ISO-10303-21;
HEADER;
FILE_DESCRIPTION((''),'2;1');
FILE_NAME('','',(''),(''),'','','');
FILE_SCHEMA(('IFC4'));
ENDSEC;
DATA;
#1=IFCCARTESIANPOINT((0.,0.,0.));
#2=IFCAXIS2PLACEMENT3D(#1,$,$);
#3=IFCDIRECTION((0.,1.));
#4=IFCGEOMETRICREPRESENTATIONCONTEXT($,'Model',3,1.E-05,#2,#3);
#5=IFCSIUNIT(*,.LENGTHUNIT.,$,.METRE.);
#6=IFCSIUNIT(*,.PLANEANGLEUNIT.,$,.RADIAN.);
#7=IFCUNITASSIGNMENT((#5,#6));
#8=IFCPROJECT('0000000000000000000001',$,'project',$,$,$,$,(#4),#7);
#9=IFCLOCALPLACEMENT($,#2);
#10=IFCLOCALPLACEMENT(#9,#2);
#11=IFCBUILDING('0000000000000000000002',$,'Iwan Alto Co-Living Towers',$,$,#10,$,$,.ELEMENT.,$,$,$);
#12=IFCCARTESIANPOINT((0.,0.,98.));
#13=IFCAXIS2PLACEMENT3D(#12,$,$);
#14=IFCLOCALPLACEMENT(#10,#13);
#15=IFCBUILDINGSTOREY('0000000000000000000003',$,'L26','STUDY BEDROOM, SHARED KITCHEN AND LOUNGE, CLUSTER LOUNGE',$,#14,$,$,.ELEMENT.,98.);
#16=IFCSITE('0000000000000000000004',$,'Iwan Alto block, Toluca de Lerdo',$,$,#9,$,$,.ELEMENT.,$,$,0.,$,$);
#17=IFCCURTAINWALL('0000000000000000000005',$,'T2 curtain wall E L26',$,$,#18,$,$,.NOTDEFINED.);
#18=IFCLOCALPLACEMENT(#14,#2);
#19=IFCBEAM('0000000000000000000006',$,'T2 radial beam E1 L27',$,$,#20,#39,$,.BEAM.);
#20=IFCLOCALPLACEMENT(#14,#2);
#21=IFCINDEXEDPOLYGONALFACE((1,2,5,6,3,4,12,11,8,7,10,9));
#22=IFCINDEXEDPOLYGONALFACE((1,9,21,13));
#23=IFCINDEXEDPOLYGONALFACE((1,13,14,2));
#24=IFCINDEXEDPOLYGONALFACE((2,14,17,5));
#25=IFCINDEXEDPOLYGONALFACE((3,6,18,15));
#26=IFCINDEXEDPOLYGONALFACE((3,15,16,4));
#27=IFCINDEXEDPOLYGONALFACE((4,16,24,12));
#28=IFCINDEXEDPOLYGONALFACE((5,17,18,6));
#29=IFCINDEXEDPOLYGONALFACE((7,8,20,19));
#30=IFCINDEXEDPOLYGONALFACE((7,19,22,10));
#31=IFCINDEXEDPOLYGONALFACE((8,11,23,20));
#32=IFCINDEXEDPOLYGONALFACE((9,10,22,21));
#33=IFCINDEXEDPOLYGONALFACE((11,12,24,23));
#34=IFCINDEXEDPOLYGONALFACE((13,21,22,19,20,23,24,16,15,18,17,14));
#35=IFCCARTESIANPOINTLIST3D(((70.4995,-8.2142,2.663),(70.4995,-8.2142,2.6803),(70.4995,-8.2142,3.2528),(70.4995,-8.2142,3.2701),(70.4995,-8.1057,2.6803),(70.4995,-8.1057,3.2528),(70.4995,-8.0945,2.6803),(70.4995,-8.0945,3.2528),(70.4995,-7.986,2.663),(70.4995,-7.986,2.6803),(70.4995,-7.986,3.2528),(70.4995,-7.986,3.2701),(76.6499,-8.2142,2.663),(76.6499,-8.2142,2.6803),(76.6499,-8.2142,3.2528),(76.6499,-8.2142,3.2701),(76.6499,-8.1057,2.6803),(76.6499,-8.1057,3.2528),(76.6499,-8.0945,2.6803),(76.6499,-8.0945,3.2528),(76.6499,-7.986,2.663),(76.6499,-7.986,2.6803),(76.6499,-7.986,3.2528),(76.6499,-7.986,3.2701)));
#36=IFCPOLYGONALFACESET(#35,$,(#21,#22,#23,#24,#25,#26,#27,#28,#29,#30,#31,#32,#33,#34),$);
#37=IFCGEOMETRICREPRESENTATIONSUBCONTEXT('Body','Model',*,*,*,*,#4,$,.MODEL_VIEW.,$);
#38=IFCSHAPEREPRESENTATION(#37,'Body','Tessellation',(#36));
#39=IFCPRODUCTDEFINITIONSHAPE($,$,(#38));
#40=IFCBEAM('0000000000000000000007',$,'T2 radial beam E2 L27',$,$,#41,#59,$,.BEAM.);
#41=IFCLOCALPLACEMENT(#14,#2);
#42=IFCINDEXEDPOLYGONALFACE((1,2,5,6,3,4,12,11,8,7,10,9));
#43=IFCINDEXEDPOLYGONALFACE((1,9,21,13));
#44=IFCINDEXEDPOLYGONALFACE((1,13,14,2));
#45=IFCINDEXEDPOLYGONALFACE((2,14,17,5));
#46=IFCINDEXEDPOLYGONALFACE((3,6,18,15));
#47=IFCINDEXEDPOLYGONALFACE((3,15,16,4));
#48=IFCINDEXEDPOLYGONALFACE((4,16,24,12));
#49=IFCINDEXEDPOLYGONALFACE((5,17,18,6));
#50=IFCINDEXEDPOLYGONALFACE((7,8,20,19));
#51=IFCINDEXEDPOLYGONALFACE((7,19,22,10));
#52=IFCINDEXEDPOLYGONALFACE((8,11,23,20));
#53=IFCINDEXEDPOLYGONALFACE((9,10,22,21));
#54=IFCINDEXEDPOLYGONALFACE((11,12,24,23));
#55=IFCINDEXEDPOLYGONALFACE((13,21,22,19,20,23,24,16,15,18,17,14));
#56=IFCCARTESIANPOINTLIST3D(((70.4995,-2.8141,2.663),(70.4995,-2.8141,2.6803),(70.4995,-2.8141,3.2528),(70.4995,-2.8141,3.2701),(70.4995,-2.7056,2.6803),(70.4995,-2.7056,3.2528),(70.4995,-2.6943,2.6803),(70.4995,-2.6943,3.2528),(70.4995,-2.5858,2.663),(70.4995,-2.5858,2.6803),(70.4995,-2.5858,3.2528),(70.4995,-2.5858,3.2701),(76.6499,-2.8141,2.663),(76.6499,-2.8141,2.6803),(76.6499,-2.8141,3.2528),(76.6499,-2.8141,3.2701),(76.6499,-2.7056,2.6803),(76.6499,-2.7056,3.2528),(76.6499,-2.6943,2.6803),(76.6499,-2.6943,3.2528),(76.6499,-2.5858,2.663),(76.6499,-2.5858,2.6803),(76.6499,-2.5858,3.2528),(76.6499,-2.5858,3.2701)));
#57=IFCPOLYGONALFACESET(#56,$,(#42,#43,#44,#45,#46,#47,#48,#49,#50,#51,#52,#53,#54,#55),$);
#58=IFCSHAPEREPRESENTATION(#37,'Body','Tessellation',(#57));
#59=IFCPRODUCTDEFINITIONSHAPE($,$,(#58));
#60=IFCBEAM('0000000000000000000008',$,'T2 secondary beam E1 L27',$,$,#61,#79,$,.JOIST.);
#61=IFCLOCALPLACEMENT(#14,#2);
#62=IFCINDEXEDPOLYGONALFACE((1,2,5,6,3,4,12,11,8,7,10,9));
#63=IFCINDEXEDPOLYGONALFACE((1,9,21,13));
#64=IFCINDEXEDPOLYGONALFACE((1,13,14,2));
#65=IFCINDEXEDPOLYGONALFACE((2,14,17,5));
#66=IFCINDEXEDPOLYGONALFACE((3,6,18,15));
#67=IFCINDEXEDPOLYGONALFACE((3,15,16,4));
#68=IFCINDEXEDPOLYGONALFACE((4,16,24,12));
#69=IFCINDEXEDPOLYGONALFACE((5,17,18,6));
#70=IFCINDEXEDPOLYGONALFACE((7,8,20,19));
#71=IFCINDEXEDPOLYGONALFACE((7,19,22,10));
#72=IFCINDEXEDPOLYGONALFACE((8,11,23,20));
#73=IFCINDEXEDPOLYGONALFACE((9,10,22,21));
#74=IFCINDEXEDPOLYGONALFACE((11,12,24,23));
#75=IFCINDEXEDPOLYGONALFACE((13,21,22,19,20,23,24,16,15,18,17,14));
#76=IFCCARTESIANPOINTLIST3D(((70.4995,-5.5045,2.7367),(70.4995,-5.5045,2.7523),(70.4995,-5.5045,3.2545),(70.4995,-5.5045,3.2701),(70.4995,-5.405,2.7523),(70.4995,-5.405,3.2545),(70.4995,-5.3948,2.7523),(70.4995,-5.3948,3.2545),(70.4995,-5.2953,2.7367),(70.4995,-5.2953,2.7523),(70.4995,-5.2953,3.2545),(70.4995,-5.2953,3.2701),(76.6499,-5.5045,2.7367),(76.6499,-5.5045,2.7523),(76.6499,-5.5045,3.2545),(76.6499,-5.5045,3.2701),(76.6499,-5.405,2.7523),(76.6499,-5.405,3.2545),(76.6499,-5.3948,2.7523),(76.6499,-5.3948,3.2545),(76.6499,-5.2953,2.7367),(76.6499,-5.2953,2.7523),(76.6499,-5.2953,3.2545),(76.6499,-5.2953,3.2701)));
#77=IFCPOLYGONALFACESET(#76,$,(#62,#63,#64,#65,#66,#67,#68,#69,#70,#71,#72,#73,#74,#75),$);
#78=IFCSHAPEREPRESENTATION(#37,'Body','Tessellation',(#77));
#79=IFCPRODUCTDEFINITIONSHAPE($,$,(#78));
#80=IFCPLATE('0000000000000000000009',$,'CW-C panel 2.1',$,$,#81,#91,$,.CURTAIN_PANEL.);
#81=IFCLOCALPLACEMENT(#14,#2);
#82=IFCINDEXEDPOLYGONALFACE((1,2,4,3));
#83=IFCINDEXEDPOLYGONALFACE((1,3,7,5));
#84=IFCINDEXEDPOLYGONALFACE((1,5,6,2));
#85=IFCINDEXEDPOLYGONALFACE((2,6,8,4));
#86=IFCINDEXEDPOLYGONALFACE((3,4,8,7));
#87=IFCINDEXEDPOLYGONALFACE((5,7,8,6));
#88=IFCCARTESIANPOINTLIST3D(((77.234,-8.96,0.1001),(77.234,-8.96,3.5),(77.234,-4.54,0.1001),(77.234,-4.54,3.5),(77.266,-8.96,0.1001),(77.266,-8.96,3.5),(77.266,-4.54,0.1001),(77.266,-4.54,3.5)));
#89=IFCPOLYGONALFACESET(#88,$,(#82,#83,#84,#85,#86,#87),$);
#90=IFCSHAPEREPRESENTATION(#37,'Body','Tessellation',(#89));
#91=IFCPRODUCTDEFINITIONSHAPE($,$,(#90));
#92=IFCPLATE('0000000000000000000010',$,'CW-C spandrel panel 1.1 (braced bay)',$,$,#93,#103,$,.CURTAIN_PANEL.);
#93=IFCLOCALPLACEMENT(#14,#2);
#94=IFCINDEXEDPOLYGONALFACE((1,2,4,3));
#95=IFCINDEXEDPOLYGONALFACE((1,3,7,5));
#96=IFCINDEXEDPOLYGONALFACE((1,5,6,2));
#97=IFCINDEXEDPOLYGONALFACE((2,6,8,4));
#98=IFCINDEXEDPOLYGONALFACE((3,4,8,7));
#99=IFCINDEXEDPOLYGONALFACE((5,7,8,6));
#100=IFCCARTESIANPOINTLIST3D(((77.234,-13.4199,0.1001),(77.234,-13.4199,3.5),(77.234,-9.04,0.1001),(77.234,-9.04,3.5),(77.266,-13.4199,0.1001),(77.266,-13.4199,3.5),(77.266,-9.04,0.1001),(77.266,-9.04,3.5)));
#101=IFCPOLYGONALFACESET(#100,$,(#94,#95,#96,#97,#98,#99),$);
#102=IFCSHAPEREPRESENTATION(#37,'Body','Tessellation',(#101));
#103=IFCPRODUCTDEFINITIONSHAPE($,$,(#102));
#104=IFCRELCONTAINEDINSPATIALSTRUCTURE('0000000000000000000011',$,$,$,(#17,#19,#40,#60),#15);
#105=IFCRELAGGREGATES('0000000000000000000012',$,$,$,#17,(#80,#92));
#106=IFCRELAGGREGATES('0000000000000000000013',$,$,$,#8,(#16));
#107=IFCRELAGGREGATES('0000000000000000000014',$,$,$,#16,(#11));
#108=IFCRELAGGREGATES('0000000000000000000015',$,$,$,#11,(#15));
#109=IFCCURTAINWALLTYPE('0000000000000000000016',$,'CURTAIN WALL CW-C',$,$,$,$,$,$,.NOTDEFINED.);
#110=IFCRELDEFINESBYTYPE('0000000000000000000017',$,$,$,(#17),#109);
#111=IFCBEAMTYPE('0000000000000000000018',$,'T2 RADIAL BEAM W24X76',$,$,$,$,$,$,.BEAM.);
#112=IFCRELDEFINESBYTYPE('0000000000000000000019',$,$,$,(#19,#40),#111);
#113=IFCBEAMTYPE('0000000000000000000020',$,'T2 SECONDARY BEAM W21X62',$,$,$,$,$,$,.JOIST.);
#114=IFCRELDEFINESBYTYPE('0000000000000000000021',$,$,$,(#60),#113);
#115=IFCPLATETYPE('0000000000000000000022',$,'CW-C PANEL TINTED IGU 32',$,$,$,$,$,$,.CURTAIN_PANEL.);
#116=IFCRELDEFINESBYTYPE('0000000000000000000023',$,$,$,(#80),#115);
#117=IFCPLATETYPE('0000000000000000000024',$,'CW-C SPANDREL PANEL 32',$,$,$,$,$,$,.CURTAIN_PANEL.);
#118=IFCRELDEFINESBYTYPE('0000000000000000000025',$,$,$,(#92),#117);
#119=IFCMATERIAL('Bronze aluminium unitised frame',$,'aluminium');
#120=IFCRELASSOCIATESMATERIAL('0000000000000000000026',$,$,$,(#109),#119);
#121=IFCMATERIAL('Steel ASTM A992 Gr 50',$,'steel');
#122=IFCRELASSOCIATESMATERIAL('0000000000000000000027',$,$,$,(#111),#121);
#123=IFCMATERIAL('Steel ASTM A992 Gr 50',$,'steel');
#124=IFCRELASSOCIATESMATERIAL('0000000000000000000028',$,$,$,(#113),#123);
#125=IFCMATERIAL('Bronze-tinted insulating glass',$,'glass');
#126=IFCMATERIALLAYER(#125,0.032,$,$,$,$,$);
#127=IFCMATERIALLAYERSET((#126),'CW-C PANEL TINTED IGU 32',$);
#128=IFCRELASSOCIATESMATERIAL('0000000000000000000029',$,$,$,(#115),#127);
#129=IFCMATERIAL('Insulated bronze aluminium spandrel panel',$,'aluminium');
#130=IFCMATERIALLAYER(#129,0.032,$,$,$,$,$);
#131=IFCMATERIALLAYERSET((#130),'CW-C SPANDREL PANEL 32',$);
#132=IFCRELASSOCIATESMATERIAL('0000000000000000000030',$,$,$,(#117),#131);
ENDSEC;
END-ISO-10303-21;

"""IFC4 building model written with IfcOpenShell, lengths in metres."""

from ifc_helpers import new_model, si_unit, direction, frame, origin, origin_2d, place, context, subcontext, project, spatial, rectangle, i_section, extrude, material, layer, layer_set, material_profile, profile_set, type_object, element, aggregate, save


model = new_model("IFC4")

# Units and contexts
model_context = context("Model", 3, precision=1e-05, world=origin(), true_north=direction((0.0, 1.0)))
body_context = subcontext(model_context, "Body", "Model", "MODEL_VIEW")
ifc_project = project(units=[si_unit("LENGTHUNIT", "METRE"), si_unit("PLANEANGLEUNIT", "RADIAN")], contexts=[model_context])

# Site, building, storey
site_placement = place(None, origin())
site = spatial("IfcSite", under=ifc_project, at=site_placement, Name="Iwan Alto block, Toluca de Lerdo", CompositionType="ELEMENT", RefElevation=0.0)
building_placement = place(site_placement, origin())
building = spatial("IfcBuilding", under=site, at=building_placement, Name="Iwan Alto Co-Living Towers", CompositionType="ELEMENT")
storey_placement = place(building_placement, frame((0.0, 0.0, 98.0)))
storey = spatial("IfcBuildingStorey", under=building, at=storey_placement, Name="L26", Description="STUDY BEDROOM, SHARED KITCHEN AND LOUNGE, CLUSTER LOUNGE", CompositionType="ELEMENT", Elevation=98.0)

# Curtain wall
ifc_material_1 = material(Name="Bronze aluminium unitised frame", Category="aluminium")
curtain_wall_type = type_object("IfcCurtainWallType", Name="CURTAIN WALL CW-C", PredefinedType="NOTDEFINED", material=ifc_material_1)
curtain_wall_placement = place(storey_placement, origin())
curtain_wall = element("IfcCurtainWall", 1, at=curtain_wall_placement, inside=storey, type_object=curtain_wall_type, Name="T2 curtain wall E L26", PredefinedType="NOTDEFINED")

# Beams
ifc_material_2 = material(Name="Steel ASTM A992 Gr 50", Category="steel")
ifc_material_profile_1 = material_profile(ifc_material_2, i_section(OverallWidth=0.2283, OverallDepth=0.6072, WebThickness=0.0112, FlangeThickness=0.0173, at=origin_2d()), Name="W24X76")
ifc_profile_set_1 = profile_set([ifc_material_profile_1], Name="Steel ASTM A992 Gr 50")
beam_type_1 = type_object("IfcBeamType", Name="T2 RADIAL BEAM W24X76", PredefinedType="BEAM", material=ifc_profile_set_1)
for number, where, z_axis, x_axis, name in (
    (2, (76.6499, -8.1001, 2.9666), (-1.0, 0.0, 0.0), (0.0, -1.0, 0.0), "T2 radial beam E1 L27"),
    (3, (76.6499, -2.7, 2.9666), (-1.0, 0.0, 0.0), (0.0, -1.0, 0.0), "T2 radial beam E2 L27"),
):
    element("IfcBeam", number, at=place(storey_placement, frame(where, z_axis=z_axis, x_axis=x_axis)), inside=storey, type_object=beam_type_1, Name=name, PredefinedType="BEAM", context=body_context, shape_type="SweptSolid", body=[
        extrude(i_section(OverallWidth=0.2283, OverallDepth=0.6072, WebThickness=0.0112, FlangeThickness=0.0173, at=origin_2d()), origin(), (0.0, 0.0, 1.0), 6.1504),
    ])
ifc_material_3 = material(Name="Steel ASTM A992 Gr 50", Category="steel")
ifc_material_profile_2 = material_profile(ifc_material_3, i_section(OverallWidth=0.2092, OverallDepth=0.5334, WebThickness=0.0103, FlangeThickness=0.0156, at=origin_2d()), Name="W21X62")
ifc_profile_set_2 = profile_set([ifc_material_profile_2], Name="Steel ASTM A992 Gr 50")
beam_type_2 = type_object("IfcBeamType", Name="T2 SECONDARY BEAM W21X62", PredefinedType="JOIST", material=ifc_profile_set_2)
beam_1_placement = place(storey_placement, frame((76.6499, -5.3999, 3.0034), z_axis=(-1.0, 0.0, 0.0), x_axis=(0.0, -1.0, 0.0)))
element("IfcBeam", 4, at=beam_1_placement, inside=storey, type_object=beam_type_2, Name="T2 secondary beam E1 L27", PredefinedType="JOIST", context=body_context, shape_type="SweptSolid", body=[
    extrude(i_section(OverallWidth=0.2092, OverallDepth=0.5334, WebThickness=0.0103, FlangeThickness=0.0156, at=origin_2d()), origin(), (0.0, 0.0, 1.0), 6.1504),
])

# Plates
ifc_material_4 = material(Name="Bronze-tinted insulating glass", Category="glass")
ifc_layer_1 = layer(ifc_material_4, 0.032)
ifc_layer_set_1 = layer_set([ifc_layer_1], Name="CW-C PANEL TINTED IGU 32")
plate_type_1 = type_object("IfcPlateType", Name="CW-C PANEL TINTED IGU 32", PredefinedType="CURTAIN_PANEL", material=ifc_layer_set_1)
plate_1_placement = place(storey_placement, frame((77.25, -6.75, 0.1001), z_axis=(0.0, 0.0, 1.0), x_axis=(0.0, 1.0, 0.0)))
plate_1 = element("IfcPlate", 5, at=plate_1_placement, type_object=plate_type_1, Name="CW-C panel 2.1", PredefinedType="CURTAIN_PANEL", context=body_context, shape_type="SweptSolid", body=[
    extrude(rectangle(XDim=4.4199, YDim=0.032, at=origin_2d()), origin(), (0.0, 0.0, 1.0), 3.3999),
])
ifc_material_5 = material(Name="Insulated bronze aluminium spandrel panel", Category="aluminium")
ifc_layer_2 = layer(ifc_material_5, 0.032)
ifc_layer_set_2 = layer_set([ifc_layer_2], Name="CW-C SPANDREL PANEL 32")
plate_type_2 = type_object("IfcPlateType", Name="CW-C SPANDREL PANEL 32", PredefinedType="CURTAIN_PANEL", material=ifc_layer_set_2)
plate_2_placement = place(storey_placement, frame((77.25, -11.23, 0.1001), z_axis=(0.0, 0.0, 1.0), x_axis=(0.0, 1.0, 0.0)))
plate_2 = element("IfcPlate", 6, at=plate_2_placement, type_object=plate_type_2, Name="CW-C spandrel panel 1.1 (braced bay)", PredefinedType="CURTAIN_PANEL", context=body_context, shape_type="SweptSolid", body=[
    extrude(rectangle(XDim=4.3799, YDim=0.032, at=origin_2d()), origin(), (0.0, 0.0, 1.0), 3.3999),
])
aggregate(curtain_wall, [plate_1, plate_2])

save(model, "model.ifc")
